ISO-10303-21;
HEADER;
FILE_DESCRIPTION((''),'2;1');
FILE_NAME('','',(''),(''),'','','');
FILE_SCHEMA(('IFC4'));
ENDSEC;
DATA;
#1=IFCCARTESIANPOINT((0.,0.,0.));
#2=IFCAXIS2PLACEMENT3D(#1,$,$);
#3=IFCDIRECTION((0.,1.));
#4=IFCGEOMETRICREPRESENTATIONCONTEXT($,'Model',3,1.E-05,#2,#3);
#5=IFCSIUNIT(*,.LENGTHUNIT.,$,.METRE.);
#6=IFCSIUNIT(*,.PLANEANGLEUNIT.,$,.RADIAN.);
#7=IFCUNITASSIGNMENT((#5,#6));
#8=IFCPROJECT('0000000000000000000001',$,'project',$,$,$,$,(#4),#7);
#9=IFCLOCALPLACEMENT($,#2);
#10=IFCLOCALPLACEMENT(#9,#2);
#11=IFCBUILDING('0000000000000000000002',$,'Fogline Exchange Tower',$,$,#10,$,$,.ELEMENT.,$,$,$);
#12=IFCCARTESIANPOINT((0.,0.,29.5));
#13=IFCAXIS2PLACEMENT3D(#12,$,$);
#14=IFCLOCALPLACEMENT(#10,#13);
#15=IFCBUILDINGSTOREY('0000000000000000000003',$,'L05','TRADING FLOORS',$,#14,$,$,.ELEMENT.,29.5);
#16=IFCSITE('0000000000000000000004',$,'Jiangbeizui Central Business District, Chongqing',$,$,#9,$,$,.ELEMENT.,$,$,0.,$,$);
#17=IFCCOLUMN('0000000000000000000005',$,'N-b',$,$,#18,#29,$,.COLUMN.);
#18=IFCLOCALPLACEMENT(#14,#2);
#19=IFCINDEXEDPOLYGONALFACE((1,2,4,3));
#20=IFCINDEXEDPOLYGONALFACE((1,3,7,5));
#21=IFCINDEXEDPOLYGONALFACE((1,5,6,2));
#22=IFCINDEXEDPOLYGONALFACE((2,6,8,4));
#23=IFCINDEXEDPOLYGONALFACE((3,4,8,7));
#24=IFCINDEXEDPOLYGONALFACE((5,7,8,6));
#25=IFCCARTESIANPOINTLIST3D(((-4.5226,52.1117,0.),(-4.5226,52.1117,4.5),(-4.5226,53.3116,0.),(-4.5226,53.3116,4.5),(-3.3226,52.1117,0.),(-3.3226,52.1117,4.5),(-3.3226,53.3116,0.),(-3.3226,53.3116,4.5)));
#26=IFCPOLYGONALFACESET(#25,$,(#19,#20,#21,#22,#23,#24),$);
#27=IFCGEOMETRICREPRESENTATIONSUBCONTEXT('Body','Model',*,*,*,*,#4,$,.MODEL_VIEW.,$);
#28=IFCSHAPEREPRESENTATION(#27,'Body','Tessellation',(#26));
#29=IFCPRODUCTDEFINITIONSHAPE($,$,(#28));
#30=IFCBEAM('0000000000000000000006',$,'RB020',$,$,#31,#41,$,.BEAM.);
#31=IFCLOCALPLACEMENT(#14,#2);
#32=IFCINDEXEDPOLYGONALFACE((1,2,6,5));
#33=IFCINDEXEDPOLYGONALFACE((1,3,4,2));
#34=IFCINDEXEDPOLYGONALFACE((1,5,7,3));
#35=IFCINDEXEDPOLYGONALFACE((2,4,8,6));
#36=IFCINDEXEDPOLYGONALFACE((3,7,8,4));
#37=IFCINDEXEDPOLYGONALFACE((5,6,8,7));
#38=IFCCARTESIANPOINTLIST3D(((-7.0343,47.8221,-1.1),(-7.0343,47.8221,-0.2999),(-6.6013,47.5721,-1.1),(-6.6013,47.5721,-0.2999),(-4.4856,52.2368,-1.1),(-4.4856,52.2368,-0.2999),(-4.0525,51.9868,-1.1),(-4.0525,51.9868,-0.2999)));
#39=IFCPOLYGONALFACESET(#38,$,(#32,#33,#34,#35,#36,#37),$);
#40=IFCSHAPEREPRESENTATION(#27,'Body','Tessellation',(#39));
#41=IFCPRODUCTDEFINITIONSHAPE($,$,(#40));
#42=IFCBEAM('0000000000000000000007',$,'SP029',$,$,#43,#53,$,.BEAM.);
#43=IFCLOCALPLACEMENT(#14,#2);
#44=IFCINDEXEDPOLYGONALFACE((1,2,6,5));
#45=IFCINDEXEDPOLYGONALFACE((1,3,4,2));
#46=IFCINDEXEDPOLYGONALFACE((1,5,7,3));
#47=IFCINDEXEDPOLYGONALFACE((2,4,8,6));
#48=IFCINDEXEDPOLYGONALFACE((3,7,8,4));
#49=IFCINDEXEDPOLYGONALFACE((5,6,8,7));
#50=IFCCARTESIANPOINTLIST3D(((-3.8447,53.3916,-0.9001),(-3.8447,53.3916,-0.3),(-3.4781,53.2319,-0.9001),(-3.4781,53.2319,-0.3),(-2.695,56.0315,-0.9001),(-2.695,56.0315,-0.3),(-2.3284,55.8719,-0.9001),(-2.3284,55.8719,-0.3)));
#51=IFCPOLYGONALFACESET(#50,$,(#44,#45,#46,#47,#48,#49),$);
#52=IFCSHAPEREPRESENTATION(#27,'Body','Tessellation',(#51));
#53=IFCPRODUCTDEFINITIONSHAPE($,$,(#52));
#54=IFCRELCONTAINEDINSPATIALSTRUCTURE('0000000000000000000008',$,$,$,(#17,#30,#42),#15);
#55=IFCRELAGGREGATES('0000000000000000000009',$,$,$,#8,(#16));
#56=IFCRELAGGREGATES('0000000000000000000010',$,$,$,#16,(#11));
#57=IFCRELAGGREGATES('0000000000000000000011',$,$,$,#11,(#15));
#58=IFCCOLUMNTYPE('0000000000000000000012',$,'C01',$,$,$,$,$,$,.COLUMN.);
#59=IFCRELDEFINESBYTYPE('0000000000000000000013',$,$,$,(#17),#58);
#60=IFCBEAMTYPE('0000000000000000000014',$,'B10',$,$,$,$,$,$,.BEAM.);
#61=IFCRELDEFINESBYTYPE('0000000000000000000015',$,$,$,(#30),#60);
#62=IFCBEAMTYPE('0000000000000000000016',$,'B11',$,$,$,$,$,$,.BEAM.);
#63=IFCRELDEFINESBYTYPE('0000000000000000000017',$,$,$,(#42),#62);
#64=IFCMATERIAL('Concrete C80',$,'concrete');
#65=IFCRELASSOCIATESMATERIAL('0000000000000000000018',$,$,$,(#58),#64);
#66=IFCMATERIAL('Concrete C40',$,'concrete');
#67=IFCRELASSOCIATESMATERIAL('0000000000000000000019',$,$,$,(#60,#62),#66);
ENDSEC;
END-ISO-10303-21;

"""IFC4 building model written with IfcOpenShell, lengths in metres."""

from ifc_helpers import new_model, si_unit, direction, frame, origin, origin_2d, place, context, subcontext, project, spatial, rectangle, extrude, material, material_profile, profile_set, type_object, element, save


model = new_model("IFC4")

# Units and contexts
model_context = context("Model", 3, precision=1e-05, world=origin(), true_north=direction((0.0, 1.0)))
body_context = subcontext(model_context, "Body", "Model", "MODEL_VIEW")
ifc_project = project(units=[si_unit("LENGTHUNIT", "METRE"), si_unit("PLANEANGLEUNIT", "RADIAN")], contexts=[model_context])

# Site, building, storey
site_placement = place(None, origin())
site = spatial("IfcSite", under=ifc_project, at=site_placement, Name="Jiangbeizui Central Business District, Chongqing", CompositionType="ELEMENT", RefElevation=0.0)
building_placement = place(site_placement, origin())
building = spatial("IfcBuilding", under=site, at=building_placement, Name="Fogline Exchange Tower", CompositionType="ELEMENT")
storey_placement = place(building_placement, frame((0.0, 0.0, 29.5)))
storey = spatial("IfcBuildingStorey", under=building, at=storey_placement, Name="L05", Description="TRADING FLOORS", CompositionType="ELEMENT", Elevation=29.5)

# Column
ifc_material_1 = material(Name="Concrete C80", Category="concrete")
ifc_material_profile_1 = material_profile(ifc_material_1, rectangle(XDim=1.2, YDim=1.2, at=origin_2d()), Name="RC 1200x1200")
ifc_profile_set_1 = profile_set([ifc_material_profile_1], Name="Concrete C80")
column_type = type_object("IfcColumnType", Name="C01", PredefinedType="COLUMN", material=ifc_profile_set_1)
column_placement = place(storey_placement, frame((-3.9226, 52.7117, 0.0), z_axis=(0.0, 0.0, 1.0), x_axis=(1.0, 0.0, 0.0)))
element("IfcColumn", 1, at=column_placement, inside=storey, type_object=column_type, Name="N-b", PredefinedType="COLUMN", context=body_context, shape_type="SweptSolid", body=[
    extrude(rectangle(XDim=1.2, YDim=1.2, at=origin_2d()), origin(), (0.0, 0.0, 1.0), 4.5),
])

# Beams
ifc_material_2 = material(Name="Concrete C40", Category="concrete")
ifc_material_profile_2 = material_profile(ifc_material_2, rectangle(XDim=0.5, YDim=0.8, at=origin_2d()), Name="RC 500x800")
ifc_profile_set_2 = profile_set([ifc_material_profile_2], Name="Concrete C40")
beam_type_1 = type_object("IfcBeamType", Name="B10", PredefinedType="BEAM", material=ifc_profile_set_2)
beam_1_placement = place(storey_placement, frame((-4.269, 52.1118, -0.7), z_axis=(-0.499992, -0.86603, 0.0), x_axis=(0.86603, -0.499992, 0.0)))
element("IfcBeam", 2, at=beam_1_placement, inside=storey, type_object=beam_type_1, Name="RB020", PredefinedType="BEAM", context=body_context, shape_type="SweptSolid", body=[
    extrude(rectangle(XDim=0.5, YDim=0.8, at=origin_2d()), origin(), (0.0, 0.0, 1.0), 5.0977),
])
ifc_material_profile_3 = material_profile(ifc_material_2, rectangle(XDim=0.3999, YDim=0.6001, at=origin_2d()), Name="RC 400x600")
ifc_profile_set_3 = profile_set([ifc_material_profile_3], Name="Concrete C40")
beam_type_2 = type_object("IfcBeamType", Name="B11", PredefinedType="BEAM", material=ifc_profile_set_3)
beam_2_placement = place(storey_placement, frame((-3.6614, 53.3118, -0.6001), z_axis=(0.399275, 0.916831, 0.0), x_axis=(-0.916831, 0.399275, 0.0)))
element("IfcBeam", 3, at=beam_2_placement, inside=storey, type_object=beam_type_2, Name="SP029", PredefinedType="BEAM", context=body_context, shape_type="SweptSolid", body=[
    extrude(rectangle(XDim=0.3999, YDim=0.6001, at=origin_2d()), origin(), (0.0, 0.0, 1.0), 2.8794),
])

save(model, "model.ifc")
